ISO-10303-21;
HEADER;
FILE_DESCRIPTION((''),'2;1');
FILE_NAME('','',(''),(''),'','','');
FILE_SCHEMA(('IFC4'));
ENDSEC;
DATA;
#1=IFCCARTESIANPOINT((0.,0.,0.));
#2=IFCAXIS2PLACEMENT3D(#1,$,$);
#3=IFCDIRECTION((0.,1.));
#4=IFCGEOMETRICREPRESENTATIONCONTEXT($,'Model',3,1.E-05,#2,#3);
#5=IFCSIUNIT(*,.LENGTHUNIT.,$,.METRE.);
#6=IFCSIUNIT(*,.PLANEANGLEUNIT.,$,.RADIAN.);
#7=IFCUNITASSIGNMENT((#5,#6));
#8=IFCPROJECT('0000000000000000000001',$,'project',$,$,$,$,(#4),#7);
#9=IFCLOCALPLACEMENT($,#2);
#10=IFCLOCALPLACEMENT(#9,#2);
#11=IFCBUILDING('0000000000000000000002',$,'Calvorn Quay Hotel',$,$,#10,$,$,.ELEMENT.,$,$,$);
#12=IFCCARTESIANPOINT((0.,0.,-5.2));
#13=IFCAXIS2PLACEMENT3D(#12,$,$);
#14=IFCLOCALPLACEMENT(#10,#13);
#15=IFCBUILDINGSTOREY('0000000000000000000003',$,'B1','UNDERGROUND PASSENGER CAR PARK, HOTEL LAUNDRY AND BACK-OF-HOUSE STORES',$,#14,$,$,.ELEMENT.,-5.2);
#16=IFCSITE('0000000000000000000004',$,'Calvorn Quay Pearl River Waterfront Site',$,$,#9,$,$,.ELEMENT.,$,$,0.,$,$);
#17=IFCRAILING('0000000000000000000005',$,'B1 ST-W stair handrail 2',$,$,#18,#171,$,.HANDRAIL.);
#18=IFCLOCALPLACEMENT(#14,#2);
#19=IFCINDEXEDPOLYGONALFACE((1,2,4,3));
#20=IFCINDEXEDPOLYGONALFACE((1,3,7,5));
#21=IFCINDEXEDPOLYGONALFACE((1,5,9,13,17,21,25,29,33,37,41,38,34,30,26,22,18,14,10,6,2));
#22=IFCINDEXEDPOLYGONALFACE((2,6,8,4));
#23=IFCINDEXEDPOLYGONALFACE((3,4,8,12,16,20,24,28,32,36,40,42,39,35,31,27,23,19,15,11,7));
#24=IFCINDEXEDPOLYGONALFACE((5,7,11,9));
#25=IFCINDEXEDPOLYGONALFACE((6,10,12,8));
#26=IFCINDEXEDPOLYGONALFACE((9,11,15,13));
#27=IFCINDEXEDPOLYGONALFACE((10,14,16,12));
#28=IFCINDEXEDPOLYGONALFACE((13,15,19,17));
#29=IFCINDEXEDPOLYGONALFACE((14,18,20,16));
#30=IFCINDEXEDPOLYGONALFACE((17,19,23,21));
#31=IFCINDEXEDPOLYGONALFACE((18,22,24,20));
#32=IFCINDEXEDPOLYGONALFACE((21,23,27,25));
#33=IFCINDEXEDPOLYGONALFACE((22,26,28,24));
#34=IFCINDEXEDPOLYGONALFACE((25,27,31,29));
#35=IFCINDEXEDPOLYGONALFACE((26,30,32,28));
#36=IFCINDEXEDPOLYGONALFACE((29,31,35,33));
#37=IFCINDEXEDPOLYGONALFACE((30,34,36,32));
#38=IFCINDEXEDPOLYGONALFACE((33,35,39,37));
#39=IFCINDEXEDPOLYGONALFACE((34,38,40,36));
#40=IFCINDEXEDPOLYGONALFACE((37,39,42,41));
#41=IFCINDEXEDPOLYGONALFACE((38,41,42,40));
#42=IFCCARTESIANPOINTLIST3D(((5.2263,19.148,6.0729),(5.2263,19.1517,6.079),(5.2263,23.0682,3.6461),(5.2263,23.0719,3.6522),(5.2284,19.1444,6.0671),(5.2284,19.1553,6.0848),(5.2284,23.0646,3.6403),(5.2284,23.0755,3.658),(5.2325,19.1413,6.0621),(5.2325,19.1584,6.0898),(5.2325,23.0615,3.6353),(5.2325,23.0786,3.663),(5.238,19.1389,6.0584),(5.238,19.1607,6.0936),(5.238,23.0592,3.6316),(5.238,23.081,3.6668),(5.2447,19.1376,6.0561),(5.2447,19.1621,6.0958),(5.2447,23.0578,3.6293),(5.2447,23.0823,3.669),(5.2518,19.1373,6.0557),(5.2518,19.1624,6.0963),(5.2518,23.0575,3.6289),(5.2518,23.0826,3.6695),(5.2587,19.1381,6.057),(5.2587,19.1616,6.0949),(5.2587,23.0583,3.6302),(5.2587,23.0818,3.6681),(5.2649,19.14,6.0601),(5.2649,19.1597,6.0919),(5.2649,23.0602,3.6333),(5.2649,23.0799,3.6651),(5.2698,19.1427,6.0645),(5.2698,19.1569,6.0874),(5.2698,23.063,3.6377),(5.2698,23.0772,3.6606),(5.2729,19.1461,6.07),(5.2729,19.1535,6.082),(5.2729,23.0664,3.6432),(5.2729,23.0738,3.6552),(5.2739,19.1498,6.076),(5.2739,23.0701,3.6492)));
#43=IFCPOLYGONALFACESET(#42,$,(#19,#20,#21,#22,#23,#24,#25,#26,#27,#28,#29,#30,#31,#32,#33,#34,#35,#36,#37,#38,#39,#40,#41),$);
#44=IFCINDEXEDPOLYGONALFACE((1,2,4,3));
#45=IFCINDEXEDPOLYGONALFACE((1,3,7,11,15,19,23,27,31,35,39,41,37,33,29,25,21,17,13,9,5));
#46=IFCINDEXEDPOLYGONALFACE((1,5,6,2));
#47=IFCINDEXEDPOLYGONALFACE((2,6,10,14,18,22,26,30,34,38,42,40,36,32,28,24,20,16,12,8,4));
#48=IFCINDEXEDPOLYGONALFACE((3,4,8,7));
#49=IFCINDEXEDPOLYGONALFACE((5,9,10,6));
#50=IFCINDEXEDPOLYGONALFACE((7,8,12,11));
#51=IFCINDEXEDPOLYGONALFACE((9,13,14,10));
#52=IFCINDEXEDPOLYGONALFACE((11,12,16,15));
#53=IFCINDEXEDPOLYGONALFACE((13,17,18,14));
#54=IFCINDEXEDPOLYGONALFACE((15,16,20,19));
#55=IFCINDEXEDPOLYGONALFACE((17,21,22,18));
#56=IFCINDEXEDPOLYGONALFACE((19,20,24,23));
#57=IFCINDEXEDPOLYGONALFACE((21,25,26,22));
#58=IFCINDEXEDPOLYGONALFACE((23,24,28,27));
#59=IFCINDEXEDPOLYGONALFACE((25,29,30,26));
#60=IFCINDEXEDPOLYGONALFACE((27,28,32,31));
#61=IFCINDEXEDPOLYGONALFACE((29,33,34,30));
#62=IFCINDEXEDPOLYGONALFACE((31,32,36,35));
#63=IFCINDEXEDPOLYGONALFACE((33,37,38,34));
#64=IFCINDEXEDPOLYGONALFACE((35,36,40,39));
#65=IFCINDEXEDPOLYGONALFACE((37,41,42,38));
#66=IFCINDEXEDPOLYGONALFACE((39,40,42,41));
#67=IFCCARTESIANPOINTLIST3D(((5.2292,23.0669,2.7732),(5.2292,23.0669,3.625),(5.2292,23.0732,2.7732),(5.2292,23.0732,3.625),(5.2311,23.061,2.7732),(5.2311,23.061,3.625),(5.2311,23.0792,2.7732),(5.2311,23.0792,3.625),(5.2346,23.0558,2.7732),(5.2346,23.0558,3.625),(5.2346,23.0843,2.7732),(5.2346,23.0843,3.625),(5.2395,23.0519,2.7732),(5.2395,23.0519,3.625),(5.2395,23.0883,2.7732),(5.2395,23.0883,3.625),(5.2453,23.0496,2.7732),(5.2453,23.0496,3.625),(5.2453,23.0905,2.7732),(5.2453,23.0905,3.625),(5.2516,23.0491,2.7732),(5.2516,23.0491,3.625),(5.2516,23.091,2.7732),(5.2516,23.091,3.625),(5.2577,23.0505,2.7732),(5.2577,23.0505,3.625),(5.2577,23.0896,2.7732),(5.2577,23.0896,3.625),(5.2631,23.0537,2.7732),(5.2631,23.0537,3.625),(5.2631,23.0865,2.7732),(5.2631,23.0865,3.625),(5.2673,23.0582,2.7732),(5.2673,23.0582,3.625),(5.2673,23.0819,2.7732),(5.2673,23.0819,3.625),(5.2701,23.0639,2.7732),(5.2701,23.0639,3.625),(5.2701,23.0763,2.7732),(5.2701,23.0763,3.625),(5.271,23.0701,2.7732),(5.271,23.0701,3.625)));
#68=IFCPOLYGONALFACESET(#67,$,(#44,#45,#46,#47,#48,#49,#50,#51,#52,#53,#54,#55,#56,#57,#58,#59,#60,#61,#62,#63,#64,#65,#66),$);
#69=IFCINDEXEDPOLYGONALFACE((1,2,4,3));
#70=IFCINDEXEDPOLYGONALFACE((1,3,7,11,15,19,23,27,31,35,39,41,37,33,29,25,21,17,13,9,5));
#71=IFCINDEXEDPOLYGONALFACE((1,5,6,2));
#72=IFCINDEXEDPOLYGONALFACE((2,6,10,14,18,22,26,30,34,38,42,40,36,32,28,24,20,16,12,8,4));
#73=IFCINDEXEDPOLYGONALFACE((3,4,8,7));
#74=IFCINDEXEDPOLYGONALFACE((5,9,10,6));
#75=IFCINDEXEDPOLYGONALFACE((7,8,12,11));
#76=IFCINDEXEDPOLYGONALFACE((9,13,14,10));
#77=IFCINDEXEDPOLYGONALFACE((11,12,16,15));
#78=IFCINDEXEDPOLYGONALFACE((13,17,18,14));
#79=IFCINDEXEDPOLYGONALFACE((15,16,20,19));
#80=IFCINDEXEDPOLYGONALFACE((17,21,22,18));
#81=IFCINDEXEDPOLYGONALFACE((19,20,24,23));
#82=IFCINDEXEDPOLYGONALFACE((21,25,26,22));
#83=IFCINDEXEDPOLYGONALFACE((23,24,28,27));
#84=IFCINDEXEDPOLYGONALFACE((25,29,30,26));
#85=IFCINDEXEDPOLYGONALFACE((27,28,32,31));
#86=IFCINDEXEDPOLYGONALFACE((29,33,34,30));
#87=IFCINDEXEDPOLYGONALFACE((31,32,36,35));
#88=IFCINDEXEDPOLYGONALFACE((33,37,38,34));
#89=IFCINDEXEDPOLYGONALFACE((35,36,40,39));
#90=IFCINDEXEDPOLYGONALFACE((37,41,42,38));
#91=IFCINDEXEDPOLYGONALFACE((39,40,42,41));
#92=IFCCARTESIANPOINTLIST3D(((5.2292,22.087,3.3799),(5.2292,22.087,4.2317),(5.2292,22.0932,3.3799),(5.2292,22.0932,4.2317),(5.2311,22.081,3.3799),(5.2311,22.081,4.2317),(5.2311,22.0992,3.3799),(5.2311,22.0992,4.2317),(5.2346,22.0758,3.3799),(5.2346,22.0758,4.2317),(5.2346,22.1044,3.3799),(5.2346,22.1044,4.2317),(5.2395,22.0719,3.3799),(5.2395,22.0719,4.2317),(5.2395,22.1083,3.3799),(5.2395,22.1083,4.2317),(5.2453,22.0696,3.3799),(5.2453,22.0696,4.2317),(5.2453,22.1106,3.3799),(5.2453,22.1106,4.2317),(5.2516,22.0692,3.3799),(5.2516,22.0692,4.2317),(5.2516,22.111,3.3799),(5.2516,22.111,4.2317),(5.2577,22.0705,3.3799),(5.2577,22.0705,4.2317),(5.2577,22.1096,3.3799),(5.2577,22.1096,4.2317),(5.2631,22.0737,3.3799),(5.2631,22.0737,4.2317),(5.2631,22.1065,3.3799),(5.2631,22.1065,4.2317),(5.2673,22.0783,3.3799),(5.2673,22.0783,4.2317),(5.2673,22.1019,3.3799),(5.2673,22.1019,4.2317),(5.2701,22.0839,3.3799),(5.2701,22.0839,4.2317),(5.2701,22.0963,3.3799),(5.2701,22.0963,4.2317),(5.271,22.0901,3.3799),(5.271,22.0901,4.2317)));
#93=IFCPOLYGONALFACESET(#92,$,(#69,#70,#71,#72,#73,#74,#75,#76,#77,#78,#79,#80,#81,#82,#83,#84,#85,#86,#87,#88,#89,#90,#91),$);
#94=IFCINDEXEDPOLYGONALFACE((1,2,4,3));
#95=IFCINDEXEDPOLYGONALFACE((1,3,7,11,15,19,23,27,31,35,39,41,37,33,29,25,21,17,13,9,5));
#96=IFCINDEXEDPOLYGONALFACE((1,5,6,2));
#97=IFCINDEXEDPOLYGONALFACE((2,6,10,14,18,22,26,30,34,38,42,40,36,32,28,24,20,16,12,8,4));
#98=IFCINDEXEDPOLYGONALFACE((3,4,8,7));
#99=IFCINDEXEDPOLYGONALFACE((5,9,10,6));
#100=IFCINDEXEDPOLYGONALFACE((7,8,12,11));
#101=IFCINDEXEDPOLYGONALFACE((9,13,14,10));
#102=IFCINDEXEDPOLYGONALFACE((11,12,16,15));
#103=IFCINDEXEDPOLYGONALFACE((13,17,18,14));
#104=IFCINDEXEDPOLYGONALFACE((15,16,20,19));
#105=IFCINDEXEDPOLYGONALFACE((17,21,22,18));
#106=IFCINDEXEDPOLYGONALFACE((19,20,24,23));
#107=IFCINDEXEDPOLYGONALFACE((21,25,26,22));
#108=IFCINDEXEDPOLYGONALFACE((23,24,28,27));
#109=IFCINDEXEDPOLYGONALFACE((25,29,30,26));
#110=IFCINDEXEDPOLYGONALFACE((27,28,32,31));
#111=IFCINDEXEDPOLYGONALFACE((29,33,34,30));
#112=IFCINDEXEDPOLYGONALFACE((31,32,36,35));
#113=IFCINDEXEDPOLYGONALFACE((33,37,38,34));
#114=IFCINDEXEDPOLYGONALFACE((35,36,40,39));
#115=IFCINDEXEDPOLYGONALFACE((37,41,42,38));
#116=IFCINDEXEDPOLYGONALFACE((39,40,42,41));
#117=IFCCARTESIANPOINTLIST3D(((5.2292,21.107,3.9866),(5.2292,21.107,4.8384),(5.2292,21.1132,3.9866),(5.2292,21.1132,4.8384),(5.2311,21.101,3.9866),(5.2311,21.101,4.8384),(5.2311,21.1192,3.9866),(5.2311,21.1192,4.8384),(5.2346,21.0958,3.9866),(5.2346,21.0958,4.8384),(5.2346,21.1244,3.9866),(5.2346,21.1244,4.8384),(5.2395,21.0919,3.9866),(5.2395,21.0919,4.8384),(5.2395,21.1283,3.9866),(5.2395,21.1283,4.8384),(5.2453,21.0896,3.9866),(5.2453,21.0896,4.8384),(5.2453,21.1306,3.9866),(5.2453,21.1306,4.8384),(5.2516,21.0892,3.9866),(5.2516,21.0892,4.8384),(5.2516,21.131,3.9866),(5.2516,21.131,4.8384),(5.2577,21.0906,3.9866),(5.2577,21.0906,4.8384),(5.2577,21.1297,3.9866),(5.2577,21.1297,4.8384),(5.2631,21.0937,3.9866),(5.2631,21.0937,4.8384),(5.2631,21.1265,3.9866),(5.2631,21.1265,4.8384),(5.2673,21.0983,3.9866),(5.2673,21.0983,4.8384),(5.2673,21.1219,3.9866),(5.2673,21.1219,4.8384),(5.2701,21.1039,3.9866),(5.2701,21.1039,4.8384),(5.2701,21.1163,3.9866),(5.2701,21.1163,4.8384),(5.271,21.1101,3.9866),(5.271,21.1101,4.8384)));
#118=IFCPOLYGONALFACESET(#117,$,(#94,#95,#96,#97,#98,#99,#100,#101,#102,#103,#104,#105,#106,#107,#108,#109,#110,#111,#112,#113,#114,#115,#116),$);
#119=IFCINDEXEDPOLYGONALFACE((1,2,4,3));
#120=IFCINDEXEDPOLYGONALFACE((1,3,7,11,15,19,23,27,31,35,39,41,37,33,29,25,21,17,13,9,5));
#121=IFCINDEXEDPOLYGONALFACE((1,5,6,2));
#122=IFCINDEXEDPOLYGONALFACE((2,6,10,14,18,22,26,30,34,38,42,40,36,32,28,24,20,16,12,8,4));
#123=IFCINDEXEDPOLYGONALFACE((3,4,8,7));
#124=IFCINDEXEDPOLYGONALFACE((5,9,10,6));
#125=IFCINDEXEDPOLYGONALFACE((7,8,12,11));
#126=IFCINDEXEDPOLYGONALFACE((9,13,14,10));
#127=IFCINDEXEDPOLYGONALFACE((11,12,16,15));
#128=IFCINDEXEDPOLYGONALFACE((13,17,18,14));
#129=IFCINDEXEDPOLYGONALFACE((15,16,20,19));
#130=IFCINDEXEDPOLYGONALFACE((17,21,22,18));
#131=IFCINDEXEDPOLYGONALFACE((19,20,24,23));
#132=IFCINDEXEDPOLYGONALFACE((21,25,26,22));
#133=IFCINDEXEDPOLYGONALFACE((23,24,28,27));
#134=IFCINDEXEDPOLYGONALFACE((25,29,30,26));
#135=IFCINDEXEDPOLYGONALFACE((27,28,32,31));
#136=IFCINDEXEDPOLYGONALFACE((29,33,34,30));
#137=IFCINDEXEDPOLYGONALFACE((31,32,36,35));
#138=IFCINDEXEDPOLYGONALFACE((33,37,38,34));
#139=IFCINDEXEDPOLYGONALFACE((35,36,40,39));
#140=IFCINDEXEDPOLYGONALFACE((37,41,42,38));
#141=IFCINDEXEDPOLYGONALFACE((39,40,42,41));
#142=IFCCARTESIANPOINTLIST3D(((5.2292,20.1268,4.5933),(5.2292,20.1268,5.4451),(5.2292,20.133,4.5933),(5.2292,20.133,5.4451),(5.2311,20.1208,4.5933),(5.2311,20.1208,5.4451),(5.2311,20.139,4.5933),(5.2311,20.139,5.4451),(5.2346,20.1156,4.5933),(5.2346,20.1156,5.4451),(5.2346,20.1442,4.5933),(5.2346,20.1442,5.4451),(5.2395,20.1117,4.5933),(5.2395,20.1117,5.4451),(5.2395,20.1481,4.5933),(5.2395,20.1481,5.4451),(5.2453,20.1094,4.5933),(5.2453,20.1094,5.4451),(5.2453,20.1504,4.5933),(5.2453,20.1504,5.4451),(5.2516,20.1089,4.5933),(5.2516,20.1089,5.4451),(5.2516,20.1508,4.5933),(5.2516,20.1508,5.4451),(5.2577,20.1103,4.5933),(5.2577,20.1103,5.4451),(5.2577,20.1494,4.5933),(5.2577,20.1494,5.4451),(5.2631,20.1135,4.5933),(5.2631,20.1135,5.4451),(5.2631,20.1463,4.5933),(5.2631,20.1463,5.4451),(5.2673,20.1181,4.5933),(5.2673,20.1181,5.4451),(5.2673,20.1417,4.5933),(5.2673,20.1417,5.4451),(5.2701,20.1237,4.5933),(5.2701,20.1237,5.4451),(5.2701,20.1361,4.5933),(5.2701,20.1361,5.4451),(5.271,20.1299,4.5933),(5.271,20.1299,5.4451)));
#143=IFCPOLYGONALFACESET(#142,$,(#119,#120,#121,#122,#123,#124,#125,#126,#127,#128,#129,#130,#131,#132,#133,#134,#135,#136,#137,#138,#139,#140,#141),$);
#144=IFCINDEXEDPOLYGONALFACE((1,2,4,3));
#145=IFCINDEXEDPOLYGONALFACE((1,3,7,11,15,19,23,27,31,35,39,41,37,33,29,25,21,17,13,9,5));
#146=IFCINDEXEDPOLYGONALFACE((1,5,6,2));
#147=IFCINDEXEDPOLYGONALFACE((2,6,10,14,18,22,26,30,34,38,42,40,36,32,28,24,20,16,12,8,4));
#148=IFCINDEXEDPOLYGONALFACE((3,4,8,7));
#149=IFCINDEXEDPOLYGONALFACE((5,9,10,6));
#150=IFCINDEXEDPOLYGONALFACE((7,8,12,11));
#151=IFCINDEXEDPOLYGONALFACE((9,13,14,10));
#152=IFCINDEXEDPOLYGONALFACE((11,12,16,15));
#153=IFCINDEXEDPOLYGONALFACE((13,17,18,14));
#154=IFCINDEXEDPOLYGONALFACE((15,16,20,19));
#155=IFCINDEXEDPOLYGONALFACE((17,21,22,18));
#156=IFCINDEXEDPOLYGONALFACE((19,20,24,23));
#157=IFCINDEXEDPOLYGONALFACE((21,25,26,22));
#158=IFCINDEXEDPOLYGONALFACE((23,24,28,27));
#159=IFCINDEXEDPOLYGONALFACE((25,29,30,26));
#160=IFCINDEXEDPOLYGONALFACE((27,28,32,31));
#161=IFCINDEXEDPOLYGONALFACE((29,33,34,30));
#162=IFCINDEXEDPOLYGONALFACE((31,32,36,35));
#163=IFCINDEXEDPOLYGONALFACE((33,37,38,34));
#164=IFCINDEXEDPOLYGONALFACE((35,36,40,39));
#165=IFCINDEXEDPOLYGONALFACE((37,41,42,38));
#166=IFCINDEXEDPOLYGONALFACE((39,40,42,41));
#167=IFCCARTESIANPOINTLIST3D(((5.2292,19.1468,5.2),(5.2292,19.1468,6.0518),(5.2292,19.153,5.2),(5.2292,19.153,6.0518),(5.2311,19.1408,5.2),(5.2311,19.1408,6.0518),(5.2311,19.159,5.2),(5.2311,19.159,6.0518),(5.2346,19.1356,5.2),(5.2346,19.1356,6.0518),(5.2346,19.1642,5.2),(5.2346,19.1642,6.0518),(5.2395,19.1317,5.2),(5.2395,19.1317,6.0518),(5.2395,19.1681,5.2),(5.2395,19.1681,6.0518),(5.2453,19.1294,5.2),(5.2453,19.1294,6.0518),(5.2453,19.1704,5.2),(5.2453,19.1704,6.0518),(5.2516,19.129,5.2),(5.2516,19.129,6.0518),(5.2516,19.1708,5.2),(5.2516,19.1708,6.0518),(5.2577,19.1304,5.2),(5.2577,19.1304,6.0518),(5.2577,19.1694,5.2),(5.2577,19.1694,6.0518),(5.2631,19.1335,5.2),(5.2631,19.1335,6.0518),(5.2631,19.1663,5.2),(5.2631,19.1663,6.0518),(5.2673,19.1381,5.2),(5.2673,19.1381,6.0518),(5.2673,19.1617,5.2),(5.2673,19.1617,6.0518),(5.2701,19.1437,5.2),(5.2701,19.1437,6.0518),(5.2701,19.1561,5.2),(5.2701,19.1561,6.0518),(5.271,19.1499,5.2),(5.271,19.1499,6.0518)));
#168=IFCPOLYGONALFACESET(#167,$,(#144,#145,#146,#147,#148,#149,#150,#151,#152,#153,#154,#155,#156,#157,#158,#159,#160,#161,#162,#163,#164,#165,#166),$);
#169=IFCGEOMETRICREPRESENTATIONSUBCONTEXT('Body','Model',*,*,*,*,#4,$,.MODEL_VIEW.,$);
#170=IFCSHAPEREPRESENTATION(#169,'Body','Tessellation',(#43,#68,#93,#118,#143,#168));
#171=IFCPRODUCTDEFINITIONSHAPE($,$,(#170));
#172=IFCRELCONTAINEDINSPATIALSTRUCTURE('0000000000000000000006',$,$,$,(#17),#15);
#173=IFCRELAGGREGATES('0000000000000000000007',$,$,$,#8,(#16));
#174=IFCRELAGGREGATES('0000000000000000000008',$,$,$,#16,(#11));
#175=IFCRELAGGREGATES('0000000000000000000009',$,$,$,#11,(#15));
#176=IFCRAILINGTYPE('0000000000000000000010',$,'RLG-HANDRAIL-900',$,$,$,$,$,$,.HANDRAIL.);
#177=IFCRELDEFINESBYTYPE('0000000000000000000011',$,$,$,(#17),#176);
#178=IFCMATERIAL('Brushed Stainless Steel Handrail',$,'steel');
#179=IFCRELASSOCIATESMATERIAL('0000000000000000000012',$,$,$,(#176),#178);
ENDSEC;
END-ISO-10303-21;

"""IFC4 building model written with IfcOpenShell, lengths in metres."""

from ifc_helpers import new_model, si_unit, direction, frame, origin, origin_2d, place, context, subcontext, project, spatial, circle, extrude, material, type_object, element, save


model = new_model("IFC4")

# Units and contexts
model_context = context("Model", 3, precision=1e-05, world=origin(), true_north=direction((0.0, 1.0)))
body_context = subcontext(model_context, "Body", "Model", "MODEL_VIEW")
ifc_project = project(units=[si_unit("LENGTHUNIT", "METRE"), si_unit("PLANEANGLEUNIT", "RADIAN")], contexts=[model_context])

# Site, building, storey
site_placement = place(None, origin())
site = spatial("IfcSite", under=ifc_project, at=site_placement, Name="Calvorn Quay Pearl River Waterfront Site", CompositionType="ELEMENT", RefElevation=0.0)
building_placement = place(site_placement, origin())
building = spatial("IfcBuilding", under=site, at=building_placement, Name="Calvorn Quay Hotel", CompositionType="ELEMENT")
storey_placement = place(building_placement, frame((0.0, 0.0, -5.2)))
storey = spatial("IfcBuildingStorey", under=building, at=storey_placement, Name="B1", Description="UNDERGROUND PASSENGER CAR PARK, HOTEL LAUNDRY AND BACK-OF-HOUSE STORES", CompositionType="ELEMENT", Elevation=-5.2)

# Railing
ifc_material_1 = material(Name="Brushed Stainless Steel Handrail", Category="steel")
railing_type_1 = type_object("IfcRailingType", Name="RLG-HANDRAIL-900", PredefinedType="HANDRAIL", material=ifc_material_1)
railing_1_placement = place(storey_placement, frame((5.25, 23.0701, 2.7732)))
element("IfcRailing", 1, at=railing_1_placement, inside=storey, type_object=railing_type_1, Name="B1 ST-W stair handrail 2", PredefinedType="HANDRAIL", context=body_context, shape_type="SweptSolid", body=[
    extrude(circle(Radius=0.0239, at=origin_2d()), frame((0.0, 0.0, 0.876), z_axis=(0.0, -0.850266, 0.526353), x_axis=(1.0, 0.0, 0.0)), (0.0, 0.0, 1.0), 4.6106),
    extrude(circle(Radius=0.021, at=origin_2d()), origin(), (0.0, 0.0, 1.0), 0.8518),
    extrude(circle(Radius=0.021, at=origin_2d()), frame((0.0, -0.98, 0.6067)), (0.0, 0.0, 1.0), 0.8518),
    extrude(circle(Radius=0.021, at=origin_2d()), frame((0.0, -1.96, 1.2134)), (0.0, 0.0, 1.0), 0.8518),
    extrude(circle(Radius=0.021, at=origin_2d()), frame((0.0, -2.9402, 1.8201)), (0.0, 0.0, 1.0), 0.8518),
    extrude(circle(Radius=0.021, at=origin_2d()), frame((0.0, -3.9202, 2.4268)), (0.0, 0.0, 1.0), 0.8518),
])

save(model, "model.ifc")
